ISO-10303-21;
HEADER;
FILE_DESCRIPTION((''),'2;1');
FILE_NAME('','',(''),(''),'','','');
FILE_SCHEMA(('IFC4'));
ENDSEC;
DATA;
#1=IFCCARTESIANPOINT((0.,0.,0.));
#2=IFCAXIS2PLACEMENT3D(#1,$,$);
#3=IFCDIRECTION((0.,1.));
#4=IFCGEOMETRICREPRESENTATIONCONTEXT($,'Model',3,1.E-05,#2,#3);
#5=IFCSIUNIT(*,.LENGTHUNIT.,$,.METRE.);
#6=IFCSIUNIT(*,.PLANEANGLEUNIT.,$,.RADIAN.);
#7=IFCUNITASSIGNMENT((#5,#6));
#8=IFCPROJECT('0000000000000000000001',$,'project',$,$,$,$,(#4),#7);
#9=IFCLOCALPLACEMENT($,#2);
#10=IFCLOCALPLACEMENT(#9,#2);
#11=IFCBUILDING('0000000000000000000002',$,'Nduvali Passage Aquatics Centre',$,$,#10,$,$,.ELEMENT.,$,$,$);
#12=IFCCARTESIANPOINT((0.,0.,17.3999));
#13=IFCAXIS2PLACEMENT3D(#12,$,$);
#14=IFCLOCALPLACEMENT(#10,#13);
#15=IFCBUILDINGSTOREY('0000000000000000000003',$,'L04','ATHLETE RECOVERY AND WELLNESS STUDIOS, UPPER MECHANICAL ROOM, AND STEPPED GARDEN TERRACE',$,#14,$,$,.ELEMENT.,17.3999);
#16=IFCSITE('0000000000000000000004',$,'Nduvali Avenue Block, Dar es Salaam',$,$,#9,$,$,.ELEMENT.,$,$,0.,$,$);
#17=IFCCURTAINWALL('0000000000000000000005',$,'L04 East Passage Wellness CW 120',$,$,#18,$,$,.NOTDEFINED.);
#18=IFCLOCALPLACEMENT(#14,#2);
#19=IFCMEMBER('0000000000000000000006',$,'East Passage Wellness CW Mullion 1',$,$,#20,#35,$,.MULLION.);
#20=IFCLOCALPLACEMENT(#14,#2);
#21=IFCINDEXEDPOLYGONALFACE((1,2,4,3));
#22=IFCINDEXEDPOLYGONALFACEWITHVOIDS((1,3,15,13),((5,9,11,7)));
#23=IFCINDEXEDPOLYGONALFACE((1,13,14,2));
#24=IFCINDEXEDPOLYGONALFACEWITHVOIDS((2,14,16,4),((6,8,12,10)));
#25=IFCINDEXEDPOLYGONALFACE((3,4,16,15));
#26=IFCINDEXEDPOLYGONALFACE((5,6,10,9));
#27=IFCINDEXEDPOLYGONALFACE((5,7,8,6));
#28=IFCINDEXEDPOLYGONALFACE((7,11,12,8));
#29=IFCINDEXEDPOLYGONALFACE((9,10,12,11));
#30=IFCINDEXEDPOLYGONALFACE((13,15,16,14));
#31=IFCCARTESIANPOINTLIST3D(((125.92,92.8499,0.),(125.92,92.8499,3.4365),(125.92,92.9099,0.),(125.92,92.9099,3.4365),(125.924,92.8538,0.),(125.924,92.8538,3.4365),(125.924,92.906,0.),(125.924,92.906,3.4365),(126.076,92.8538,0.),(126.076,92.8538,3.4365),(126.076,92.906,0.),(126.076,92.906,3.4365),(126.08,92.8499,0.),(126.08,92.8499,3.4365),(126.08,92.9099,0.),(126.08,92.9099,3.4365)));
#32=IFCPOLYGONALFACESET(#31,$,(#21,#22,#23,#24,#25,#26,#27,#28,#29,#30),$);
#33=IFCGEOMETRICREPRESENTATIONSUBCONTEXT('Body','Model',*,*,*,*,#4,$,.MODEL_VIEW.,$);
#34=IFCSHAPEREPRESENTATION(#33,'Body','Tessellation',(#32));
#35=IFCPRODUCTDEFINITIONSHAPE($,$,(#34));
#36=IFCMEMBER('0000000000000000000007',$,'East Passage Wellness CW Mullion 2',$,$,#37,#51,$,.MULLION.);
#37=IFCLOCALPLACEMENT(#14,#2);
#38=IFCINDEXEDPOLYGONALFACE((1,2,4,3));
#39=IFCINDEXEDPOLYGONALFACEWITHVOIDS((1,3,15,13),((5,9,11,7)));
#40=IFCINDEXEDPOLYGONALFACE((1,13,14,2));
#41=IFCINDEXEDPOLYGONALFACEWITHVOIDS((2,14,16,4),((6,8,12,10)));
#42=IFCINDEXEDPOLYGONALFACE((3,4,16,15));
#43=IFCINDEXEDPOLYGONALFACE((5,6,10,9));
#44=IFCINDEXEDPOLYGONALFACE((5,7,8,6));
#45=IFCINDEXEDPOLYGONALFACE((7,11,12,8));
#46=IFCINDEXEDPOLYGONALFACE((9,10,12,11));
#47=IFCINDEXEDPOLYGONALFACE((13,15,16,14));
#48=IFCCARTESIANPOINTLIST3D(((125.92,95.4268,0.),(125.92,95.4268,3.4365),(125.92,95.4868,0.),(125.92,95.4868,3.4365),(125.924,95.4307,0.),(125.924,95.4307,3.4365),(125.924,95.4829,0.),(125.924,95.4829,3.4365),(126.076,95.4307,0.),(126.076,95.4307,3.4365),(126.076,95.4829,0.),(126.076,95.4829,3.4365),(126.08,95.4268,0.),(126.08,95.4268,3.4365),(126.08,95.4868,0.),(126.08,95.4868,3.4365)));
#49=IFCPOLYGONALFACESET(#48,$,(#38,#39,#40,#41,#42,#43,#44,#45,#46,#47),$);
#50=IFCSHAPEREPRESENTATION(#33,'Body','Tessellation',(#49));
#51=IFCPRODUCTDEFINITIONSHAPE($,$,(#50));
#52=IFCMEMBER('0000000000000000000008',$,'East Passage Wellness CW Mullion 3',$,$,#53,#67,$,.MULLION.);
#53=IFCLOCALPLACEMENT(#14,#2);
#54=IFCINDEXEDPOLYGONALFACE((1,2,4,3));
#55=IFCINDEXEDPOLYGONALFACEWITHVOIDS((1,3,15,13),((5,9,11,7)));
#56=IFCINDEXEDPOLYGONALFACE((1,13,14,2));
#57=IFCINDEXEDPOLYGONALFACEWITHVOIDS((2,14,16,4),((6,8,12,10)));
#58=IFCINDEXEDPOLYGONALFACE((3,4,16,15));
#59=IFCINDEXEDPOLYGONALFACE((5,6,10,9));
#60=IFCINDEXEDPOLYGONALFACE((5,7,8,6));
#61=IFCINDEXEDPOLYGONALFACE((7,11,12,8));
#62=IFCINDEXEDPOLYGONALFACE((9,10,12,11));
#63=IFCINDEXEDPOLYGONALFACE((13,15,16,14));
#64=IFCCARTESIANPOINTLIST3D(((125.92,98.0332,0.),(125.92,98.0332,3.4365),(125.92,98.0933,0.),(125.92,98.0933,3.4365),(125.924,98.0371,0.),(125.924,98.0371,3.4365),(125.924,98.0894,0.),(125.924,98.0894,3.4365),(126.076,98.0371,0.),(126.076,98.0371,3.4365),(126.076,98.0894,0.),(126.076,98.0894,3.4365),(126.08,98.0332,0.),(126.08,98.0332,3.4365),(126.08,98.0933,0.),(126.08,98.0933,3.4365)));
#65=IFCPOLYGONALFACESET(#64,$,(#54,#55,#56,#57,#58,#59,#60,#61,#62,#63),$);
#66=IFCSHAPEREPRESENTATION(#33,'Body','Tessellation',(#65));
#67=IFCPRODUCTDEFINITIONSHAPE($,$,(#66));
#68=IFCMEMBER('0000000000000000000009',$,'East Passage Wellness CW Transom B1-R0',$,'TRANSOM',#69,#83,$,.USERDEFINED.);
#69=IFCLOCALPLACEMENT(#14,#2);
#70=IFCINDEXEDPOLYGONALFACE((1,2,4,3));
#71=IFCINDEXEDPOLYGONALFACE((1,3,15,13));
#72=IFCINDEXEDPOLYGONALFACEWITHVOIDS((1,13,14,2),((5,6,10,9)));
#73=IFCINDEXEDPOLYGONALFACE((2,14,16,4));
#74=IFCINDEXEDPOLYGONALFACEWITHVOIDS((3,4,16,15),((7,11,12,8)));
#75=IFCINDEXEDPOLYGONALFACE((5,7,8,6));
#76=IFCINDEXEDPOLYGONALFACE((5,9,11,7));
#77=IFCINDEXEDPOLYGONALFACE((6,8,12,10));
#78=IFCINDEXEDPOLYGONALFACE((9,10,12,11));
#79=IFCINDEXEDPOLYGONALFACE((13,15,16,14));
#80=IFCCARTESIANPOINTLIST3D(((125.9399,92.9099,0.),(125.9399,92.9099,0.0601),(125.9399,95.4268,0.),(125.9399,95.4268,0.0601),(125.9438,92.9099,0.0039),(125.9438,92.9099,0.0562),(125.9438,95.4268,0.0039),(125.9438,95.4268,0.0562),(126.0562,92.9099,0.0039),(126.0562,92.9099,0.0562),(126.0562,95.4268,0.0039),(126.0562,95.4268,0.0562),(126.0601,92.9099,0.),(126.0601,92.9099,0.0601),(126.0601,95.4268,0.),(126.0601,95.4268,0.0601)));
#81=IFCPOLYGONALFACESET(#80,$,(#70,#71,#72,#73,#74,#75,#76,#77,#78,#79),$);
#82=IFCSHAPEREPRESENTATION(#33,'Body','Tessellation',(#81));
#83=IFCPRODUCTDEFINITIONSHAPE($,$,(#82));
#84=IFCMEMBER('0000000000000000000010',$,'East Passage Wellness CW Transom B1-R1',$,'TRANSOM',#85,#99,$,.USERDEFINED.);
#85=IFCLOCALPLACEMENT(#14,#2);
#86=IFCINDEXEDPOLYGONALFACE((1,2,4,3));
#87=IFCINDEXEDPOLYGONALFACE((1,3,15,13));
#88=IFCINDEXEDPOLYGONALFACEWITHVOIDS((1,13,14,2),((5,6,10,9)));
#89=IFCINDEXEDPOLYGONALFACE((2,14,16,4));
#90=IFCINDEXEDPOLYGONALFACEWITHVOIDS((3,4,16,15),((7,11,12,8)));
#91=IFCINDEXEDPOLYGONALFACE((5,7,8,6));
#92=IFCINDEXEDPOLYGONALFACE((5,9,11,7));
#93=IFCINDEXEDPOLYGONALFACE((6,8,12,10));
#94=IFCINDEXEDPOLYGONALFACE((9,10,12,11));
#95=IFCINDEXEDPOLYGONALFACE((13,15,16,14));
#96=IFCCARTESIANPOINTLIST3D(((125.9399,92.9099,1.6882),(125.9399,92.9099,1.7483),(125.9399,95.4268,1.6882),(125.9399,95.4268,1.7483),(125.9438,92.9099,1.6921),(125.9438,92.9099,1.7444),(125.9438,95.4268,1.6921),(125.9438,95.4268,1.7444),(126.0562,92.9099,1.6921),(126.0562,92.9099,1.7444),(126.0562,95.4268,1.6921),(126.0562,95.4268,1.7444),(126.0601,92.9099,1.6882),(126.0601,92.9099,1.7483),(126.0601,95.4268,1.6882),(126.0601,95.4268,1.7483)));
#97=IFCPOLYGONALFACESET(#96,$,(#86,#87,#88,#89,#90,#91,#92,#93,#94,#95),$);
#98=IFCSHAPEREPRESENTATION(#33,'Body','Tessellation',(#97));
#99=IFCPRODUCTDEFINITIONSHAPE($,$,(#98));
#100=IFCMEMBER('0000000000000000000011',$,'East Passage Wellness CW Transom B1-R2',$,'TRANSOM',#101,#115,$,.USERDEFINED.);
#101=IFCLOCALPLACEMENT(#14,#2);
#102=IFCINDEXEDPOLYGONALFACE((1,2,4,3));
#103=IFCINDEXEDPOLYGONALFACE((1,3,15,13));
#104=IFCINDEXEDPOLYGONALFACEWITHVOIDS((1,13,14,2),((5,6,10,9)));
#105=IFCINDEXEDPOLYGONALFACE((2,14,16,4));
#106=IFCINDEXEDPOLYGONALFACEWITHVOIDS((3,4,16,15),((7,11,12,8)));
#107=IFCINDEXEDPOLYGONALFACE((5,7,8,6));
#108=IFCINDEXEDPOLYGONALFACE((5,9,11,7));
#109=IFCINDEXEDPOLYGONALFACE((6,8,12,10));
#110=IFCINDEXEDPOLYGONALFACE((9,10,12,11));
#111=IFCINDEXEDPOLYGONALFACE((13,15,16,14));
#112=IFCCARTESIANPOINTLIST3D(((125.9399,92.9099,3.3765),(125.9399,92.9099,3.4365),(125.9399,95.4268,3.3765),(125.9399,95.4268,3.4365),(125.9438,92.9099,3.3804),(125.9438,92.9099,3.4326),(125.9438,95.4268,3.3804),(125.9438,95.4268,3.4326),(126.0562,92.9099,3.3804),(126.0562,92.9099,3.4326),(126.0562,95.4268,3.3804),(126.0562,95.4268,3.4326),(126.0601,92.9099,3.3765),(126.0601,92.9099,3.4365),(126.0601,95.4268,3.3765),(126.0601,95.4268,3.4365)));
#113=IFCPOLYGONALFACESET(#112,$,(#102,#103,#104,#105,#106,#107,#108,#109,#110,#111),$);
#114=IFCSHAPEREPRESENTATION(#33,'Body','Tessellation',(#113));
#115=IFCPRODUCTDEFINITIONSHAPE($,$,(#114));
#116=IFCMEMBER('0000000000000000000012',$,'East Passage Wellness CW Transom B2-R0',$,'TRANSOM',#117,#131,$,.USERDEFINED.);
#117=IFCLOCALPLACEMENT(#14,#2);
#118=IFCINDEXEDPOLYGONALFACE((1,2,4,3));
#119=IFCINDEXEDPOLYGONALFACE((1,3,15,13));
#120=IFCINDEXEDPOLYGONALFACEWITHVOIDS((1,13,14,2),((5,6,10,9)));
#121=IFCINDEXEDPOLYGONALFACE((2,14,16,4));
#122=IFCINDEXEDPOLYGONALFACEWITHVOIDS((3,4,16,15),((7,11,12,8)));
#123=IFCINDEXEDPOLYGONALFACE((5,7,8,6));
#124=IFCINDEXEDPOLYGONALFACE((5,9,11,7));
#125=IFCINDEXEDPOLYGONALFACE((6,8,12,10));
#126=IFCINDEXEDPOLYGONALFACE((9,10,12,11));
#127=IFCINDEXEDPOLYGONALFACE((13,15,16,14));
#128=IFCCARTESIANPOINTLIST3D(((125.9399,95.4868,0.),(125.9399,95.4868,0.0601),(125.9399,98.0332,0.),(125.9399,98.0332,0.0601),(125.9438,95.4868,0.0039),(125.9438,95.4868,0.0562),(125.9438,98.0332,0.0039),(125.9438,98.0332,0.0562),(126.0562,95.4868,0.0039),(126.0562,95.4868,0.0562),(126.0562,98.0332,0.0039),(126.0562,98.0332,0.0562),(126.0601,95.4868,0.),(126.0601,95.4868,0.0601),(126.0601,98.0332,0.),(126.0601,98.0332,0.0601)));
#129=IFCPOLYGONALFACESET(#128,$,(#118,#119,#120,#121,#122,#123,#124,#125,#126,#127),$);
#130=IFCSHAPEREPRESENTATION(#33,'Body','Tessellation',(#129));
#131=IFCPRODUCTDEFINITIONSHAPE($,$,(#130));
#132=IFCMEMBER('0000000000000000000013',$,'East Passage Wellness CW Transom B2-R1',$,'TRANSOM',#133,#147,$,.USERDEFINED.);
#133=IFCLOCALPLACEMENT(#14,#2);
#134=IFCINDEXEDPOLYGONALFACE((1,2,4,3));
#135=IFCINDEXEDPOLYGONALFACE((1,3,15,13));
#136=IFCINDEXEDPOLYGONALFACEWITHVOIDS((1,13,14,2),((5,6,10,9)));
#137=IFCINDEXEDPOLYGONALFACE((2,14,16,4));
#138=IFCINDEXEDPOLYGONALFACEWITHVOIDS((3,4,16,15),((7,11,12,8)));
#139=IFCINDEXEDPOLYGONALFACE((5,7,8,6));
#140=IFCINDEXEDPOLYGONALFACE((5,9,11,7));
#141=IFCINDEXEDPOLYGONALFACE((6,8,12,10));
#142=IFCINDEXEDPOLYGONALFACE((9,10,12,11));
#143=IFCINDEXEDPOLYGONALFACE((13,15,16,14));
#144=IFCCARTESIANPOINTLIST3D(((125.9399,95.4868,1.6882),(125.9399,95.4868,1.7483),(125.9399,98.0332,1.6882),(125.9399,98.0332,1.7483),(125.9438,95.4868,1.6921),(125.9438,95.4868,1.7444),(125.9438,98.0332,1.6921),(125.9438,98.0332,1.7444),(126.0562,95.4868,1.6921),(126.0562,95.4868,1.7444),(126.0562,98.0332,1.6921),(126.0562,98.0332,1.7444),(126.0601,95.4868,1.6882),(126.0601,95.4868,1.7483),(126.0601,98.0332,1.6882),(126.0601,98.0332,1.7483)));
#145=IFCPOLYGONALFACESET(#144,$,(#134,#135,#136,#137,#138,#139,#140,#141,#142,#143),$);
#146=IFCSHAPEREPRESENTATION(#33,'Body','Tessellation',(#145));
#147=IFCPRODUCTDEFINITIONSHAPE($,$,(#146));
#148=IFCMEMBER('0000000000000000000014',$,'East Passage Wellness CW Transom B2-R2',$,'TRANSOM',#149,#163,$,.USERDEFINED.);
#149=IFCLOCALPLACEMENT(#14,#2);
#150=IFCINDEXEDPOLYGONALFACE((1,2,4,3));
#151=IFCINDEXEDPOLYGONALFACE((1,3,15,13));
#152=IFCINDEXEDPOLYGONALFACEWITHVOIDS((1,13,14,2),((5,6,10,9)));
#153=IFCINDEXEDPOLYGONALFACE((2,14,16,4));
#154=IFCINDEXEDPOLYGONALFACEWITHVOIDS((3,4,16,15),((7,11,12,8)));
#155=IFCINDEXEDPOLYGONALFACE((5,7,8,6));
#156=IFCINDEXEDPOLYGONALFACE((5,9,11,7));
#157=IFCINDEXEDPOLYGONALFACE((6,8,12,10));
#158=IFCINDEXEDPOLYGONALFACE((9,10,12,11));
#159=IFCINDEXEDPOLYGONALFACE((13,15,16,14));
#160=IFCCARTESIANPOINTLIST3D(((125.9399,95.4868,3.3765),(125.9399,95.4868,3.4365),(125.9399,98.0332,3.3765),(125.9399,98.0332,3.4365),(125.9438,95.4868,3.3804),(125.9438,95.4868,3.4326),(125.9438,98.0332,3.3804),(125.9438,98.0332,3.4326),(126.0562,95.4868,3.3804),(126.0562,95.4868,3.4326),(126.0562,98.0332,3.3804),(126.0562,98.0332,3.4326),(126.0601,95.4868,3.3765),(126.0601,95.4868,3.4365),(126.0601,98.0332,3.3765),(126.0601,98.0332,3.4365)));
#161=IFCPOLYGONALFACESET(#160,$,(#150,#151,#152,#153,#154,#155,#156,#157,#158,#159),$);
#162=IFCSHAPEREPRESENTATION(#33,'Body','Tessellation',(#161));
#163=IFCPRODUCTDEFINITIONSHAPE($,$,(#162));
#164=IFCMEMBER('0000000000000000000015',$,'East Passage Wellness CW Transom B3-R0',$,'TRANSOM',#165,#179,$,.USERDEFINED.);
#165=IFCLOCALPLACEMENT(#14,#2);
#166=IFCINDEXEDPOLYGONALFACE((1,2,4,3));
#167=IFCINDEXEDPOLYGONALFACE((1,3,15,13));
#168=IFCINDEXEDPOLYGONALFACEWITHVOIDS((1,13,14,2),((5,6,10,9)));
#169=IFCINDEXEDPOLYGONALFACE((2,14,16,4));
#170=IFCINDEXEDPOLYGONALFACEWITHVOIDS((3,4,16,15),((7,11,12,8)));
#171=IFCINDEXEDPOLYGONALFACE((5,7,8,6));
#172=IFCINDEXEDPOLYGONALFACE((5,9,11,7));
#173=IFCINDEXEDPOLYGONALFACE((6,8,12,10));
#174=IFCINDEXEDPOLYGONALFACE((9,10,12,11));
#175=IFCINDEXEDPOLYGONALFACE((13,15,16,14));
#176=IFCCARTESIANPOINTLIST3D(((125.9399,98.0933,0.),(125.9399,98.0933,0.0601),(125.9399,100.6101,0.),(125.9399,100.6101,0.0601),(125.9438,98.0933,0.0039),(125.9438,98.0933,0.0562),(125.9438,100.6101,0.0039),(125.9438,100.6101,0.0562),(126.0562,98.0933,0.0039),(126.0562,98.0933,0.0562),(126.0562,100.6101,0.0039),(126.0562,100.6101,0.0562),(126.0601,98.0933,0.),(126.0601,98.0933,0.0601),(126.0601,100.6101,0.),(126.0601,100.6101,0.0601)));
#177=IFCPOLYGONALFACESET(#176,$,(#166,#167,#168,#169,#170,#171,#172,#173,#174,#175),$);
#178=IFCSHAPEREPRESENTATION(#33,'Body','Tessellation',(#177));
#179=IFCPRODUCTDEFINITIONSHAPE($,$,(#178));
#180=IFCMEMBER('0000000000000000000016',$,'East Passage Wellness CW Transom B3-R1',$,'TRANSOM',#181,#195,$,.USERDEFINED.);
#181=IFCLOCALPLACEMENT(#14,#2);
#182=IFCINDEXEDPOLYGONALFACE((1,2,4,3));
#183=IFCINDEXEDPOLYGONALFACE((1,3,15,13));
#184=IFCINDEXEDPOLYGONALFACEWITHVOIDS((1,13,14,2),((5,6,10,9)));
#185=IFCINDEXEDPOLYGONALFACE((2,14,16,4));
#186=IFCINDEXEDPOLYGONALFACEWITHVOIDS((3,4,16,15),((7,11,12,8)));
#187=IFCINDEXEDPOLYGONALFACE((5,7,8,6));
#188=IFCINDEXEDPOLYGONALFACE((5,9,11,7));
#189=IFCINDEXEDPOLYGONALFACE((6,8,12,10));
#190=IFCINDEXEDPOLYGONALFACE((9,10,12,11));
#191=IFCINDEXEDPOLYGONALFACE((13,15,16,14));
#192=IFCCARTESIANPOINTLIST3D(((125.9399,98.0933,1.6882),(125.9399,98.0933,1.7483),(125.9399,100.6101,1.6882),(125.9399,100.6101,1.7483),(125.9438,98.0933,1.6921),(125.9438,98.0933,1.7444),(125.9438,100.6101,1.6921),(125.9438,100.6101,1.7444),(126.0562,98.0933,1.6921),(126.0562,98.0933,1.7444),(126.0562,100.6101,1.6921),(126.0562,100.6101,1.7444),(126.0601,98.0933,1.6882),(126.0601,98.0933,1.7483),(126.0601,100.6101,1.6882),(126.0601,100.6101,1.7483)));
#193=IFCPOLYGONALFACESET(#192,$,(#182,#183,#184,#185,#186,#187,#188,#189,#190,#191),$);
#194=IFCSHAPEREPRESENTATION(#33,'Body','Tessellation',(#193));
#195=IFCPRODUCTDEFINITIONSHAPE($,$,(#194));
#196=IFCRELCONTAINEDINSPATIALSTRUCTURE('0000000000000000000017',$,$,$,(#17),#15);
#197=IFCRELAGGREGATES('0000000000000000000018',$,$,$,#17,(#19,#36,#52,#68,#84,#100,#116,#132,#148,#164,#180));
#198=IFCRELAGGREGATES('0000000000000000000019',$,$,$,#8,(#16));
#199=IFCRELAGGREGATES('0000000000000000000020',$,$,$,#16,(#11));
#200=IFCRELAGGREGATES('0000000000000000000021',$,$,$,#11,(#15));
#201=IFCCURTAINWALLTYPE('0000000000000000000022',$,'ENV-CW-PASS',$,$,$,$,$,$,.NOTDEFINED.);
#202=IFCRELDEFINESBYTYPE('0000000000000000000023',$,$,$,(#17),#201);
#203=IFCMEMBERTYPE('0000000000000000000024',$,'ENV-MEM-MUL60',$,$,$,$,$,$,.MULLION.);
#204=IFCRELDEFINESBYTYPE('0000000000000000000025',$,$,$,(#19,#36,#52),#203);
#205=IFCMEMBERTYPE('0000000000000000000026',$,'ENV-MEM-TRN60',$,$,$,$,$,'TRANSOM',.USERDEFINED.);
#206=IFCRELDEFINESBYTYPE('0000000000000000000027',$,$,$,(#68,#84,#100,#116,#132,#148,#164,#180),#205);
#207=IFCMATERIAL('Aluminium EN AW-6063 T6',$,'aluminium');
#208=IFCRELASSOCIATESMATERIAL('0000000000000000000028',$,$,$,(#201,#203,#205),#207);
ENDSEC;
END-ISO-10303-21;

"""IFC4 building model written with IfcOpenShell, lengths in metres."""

from ifc_helpers import new_model, si_unit, direction, frame, origin, origin_2d, place, context, subcontext, project, spatial, hollow_rectangle, extrude, material, material_profile, profile_set, type_object, element, aggregate, save


model = new_model("IFC4")

# Units and contexts
model_context = context("Model", 3, precision=1e-05, world=origin(), true_north=direction((0.0, 1.0)))
body_context = subcontext(model_context, "Body", "Model", "MODEL_VIEW")
ifc_project = project(units=[si_unit("LENGTHUNIT", "METRE"), si_unit("PLANEANGLEUNIT", "RADIAN")], contexts=[model_context])

# Site, building, storey
site_placement = place(None, origin())
site = spatial("IfcSite", under=ifc_project, at=site_placement, Name="Nduvali Avenue Block, Dar es Salaam", CompositionType="ELEMENT", RefElevation=0.0)
building_placement = place(site_placement, origin())
building = spatial("IfcBuilding", under=site, at=building_placement, Name="Nduvali Passage Aquatics Centre", CompositionType="ELEMENT")
storey_placement = place(building_placement, frame((0.0, 0.0, 17.3999)))
storey = spatial("IfcBuildingStorey", under=building, at=storey_placement, Name="L04", Description="ATHLETE RECOVERY AND WELLNESS STUDIOS, UPPER MECHANICAL ROOM, AND STEPPED GARDEN TERRACE", CompositionType="ELEMENT", Elevation=17.3999)

# Curtain wall, members
ifc_material_1 = material(Name="Aluminium EN AW-6063 T6", Category="aluminium")
curtain_wall_type = type_object("IfcCurtainWallType", Name="ENV-CW-PASS", PredefinedType="NOTDEFINED", material=ifc_material_1)
curtain_wall_placement = place(storey_placement, origin())
curtain_wall = element("IfcCurtainWall", 1, at=curtain_wall_placement, inside=storey, type_object=curtain_wall_type, Name="L04 East Passage Wellness CW 120", PredefinedType="NOTDEFINED")
ifc_material_profile_1 = material_profile(ifc_material_1, hollow_rectangle(XDim=0.0601, YDim=0.1599, WallThickness=0.0039, at=origin_2d()), Name="ALU MULLION 60x160x4")
ifc_profile_set_1 = profile_set([ifc_material_profile_1], Name="Aluminium EN AW-6063 T6")
member_type_1 = type_object("IfcMemberType", Name="ENV-MEM-MUL60", PredefinedType="MULLION", material=ifc_profile_set_1)
member_1_placement = place(storey_placement, frame((126.0, 92.8799, 0.0), z_axis=(0.0, 0.0, 1.0), x_axis=(0.0, 1.0, 0.0)))
member_1 = element("IfcMember", 2, at=member_1_placement, type_object=member_type_1, Name="East Passage Wellness CW Mullion 1", PredefinedType="MULLION", context=body_context, shape_type="SweptSolid", body=[
    extrude(hollow_rectangle(XDim=0.0601, YDim=0.1599, WallThickness=0.0039, at=origin_2d()), origin(), (0.0, 0.0, 1.0), 3.4365),
])
member_2_placement = place(storey_placement, frame((126.0, 95.4568, 0.0), z_axis=(0.0, 0.0, 1.0), x_axis=(0.0, 1.0, 0.0)))
member_2 = element("IfcMember", 3, at=member_2_placement, type_object=member_type_1, Name="East Passage Wellness CW Mullion 2", PredefinedType="MULLION", context=body_context, shape_type="SweptSolid", body=[
    extrude(hollow_rectangle(XDim=0.0601, YDim=0.1599, WallThickness=0.0039, at=origin_2d()), origin(), (0.0, 0.0, 1.0), 3.4365),
])
member_3_placement = place(storey_placement, frame((126.0, 98.0632, 0.0), z_axis=(0.0, 0.0, 1.0), x_axis=(0.0, 1.0, 0.0)))
member_3 = element("IfcMember", 4, at=member_3_placement, type_object=member_type_1, Name="East Passage Wellness CW Mullion 3", PredefinedType="MULLION", context=body_context, shape_type="SweptSolid", body=[
    extrude(hollow_rectangle(XDim=0.0601, YDim=0.1599, WallThickness=0.0039, at=origin_2d()), origin(), (0.0, 0.0, 1.0), 3.4365),
])
ifc_material_profile_2 = material_profile(ifc_material_1, hollow_rectangle(XDim=0.1201, YDim=0.0601, WallThickness=0.0039, at=origin_2d()), Name="ALU TRANSOM 120x60x4")
ifc_profile_set_2 = profile_set([ifc_material_profile_2], Name="Aluminium EN AW-6063 T6")
member_type_2 = type_object("IfcMemberType", Name="ENV-MEM-TRN60", ElementType="TRANSOM", PredefinedType="USERDEFINED", material=ifc_profile_set_2)
member_4_placement = place(storey_placement, frame((126.0, 92.9099, 0.03), z_axis=(0.0, 1.0, 0.0), x_axis=(-1.0, 0.0, 0.0)))
member_4 = element("IfcMember", 5, at=member_4_placement, type_object=member_type_2, Name="East Passage Wellness CW Transom B1-R0", ObjectType="TRANSOM", PredefinedType="USERDEFINED", context=body_context, shape_type="SweptSolid", body=[
    extrude(hollow_rectangle(XDim=0.1201, YDim=0.0601, WallThickness=0.0039, at=origin_2d()), origin(), (0.0, 0.0, 1.0), 2.5168),
])
member_5_placement = place(storey_placement, frame((126.0, 92.9099, 1.7183), z_axis=(0.0, 1.0, 0.0), x_axis=(-1.0, 0.0, 0.0)))
member_5 = element("IfcMember", 6, at=member_5_placement, type_object=member_type_2, Name="East Passage Wellness CW Transom B1-R1", ObjectType="TRANSOM", PredefinedType="USERDEFINED", context=body_context, shape_type="SweptSolid", body=[
    extrude(hollow_rectangle(XDim=0.1201, YDim=0.0601, WallThickness=0.0039, at=origin_2d()), origin(), (0.0, 0.0, 1.0), 2.5168),
])
member_6_placement = place(storey_placement, frame((126.0, 92.9099, 3.4065), z_axis=(0.0, 1.0, 0.0), x_axis=(-1.0, 0.0, 0.0)))
member_6 = element("IfcMember", 7, at=member_6_placement, type_object=member_type_2, Name="East Passage Wellness CW Transom B1-R2", ObjectType="TRANSOM", PredefinedType="USERDEFINED", context=body_context, shape_type="SweptSolid", body=[
    extrude(hollow_rectangle(XDim=0.1201, YDim=0.0601, WallThickness=0.0039, at=origin_2d()), origin(), (0.0, 0.0, 1.0), 2.5168),
])
member_7_placement = place(storey_placement, frame((126.0, 95.4868, 0.03), z_axis=(0.0, 1.0, 0.0), x_axis=(-1.0, 0.0, 0.0)))
member_7 = element("IfcMember", 8, at=member_7_placement, type_object=member_type_2, Name="East Passage Wellness CW Transom B2-R0", ObjectType="TRANSOM", PredefinedType="USERDEFINED", context=body_context, shape_type="SweptSolid", body=[
    extrude(hollow_rectangle(XDim=0.1201, YDim=0.0601, WallThickness=0.0039, at=origin_2d()), origin(), (0.0, 0.0, 1.0), 2.5464),
])
member_8_placement = place(storey_placement, frame((126.0, 95.4868, 1.7183), z_axis=(0.0, 1.0, 0.0), x_axis=(-1.0, 0.0, 0.0)))
member_8 = element("IfcMember", 9, at=member_8_placement, type_object=member_type_2, Name="East Passage Wellness CW Transom B2-R1", ObjectType="TRANSOM", PredefinedType="USERDEFINED", context=body_context, shape_type="SweptSolid", body=[
    extrude(hollow_rectangle(XDim=0.1201, YDim=0.0601, WallThickness=0.0039, at=origin_2d()), origin(), (0.0, 0.0, 1.0), 2.5464),
])
member_9_placement = place(storey_placement, frame((126.0, 95.4868, 3.4065), z_axis=(0.0, 1.0, 0.0), x_axis=(-1.0, 0.0, 0.0)))
member_9 = element("IfcMember", 10, at=member_9_placement, type_object=member_type_2, Name="East Passage Wellness CW Transom B2-R2", ObjectType="TRANSOM", PredefinedType="USERDEFINED", context=body_context, shape_type="SweptSolid", body=[
    extrude(hollow_rectangle(XDim=0.1201, YDim=0.0601, WallThickness=0.0039, at=origin_2d()), origin(), (0.0, 0.0, 1.0), 2.5464),
])
member_10_placement = place(storey_placement, frame((126.0, 98.0933, 0.03), z_axis=(0.0, 1.0, 0.0), x_axis=(-1.0, 0.0, 0.0)))
member_10 = element("IfcMember", 11, at=member_10_placement, type_object=member_type_2, Name="East Passage Wellness CW Transom B3-R0", ObjectType="TRANSOM", PredefinedType="USERDEFINED", context=body_context, shape_type="SweptSolid", body=[
    extrude(hollow_rectangle(XDim=0.1201, YDim=0.0601, WallThickness=0.0039, at=origin_2d()), origin(), (0.0, 0.0, 1.0), 2.5168),
])
member_11_placement = place(storey_placement, frame((126.0, 98.0933, 1.7183), z_axis=(0.0, 1.0, 0.0), x_axis=(-1.0, 0.0, 0.0)))
member_11 = element("IfcMember", 12, at=member_11_placement, type_object=member_type_2, Name="East Passage Wellness CW Transom B3-R1", ObjectType="TRANSOM", PredefinedType="USERDEFINED", context=body_context, shape_type="SweptSolid", body=[
    extrude(hollow_rectangle(XDim=0.1201, YDim=0.0601, WallThickness=0.0039, at=origin_2d()), origin(), (0.0, 0.0, 1.0), 2.5168),
])

aggregate(curtain_wall, [member_1, member_2, member_3, member_4, member_5, member_6, member_7, member_8, member_9, member_10, member_11])

save(model, "model.ifc")
